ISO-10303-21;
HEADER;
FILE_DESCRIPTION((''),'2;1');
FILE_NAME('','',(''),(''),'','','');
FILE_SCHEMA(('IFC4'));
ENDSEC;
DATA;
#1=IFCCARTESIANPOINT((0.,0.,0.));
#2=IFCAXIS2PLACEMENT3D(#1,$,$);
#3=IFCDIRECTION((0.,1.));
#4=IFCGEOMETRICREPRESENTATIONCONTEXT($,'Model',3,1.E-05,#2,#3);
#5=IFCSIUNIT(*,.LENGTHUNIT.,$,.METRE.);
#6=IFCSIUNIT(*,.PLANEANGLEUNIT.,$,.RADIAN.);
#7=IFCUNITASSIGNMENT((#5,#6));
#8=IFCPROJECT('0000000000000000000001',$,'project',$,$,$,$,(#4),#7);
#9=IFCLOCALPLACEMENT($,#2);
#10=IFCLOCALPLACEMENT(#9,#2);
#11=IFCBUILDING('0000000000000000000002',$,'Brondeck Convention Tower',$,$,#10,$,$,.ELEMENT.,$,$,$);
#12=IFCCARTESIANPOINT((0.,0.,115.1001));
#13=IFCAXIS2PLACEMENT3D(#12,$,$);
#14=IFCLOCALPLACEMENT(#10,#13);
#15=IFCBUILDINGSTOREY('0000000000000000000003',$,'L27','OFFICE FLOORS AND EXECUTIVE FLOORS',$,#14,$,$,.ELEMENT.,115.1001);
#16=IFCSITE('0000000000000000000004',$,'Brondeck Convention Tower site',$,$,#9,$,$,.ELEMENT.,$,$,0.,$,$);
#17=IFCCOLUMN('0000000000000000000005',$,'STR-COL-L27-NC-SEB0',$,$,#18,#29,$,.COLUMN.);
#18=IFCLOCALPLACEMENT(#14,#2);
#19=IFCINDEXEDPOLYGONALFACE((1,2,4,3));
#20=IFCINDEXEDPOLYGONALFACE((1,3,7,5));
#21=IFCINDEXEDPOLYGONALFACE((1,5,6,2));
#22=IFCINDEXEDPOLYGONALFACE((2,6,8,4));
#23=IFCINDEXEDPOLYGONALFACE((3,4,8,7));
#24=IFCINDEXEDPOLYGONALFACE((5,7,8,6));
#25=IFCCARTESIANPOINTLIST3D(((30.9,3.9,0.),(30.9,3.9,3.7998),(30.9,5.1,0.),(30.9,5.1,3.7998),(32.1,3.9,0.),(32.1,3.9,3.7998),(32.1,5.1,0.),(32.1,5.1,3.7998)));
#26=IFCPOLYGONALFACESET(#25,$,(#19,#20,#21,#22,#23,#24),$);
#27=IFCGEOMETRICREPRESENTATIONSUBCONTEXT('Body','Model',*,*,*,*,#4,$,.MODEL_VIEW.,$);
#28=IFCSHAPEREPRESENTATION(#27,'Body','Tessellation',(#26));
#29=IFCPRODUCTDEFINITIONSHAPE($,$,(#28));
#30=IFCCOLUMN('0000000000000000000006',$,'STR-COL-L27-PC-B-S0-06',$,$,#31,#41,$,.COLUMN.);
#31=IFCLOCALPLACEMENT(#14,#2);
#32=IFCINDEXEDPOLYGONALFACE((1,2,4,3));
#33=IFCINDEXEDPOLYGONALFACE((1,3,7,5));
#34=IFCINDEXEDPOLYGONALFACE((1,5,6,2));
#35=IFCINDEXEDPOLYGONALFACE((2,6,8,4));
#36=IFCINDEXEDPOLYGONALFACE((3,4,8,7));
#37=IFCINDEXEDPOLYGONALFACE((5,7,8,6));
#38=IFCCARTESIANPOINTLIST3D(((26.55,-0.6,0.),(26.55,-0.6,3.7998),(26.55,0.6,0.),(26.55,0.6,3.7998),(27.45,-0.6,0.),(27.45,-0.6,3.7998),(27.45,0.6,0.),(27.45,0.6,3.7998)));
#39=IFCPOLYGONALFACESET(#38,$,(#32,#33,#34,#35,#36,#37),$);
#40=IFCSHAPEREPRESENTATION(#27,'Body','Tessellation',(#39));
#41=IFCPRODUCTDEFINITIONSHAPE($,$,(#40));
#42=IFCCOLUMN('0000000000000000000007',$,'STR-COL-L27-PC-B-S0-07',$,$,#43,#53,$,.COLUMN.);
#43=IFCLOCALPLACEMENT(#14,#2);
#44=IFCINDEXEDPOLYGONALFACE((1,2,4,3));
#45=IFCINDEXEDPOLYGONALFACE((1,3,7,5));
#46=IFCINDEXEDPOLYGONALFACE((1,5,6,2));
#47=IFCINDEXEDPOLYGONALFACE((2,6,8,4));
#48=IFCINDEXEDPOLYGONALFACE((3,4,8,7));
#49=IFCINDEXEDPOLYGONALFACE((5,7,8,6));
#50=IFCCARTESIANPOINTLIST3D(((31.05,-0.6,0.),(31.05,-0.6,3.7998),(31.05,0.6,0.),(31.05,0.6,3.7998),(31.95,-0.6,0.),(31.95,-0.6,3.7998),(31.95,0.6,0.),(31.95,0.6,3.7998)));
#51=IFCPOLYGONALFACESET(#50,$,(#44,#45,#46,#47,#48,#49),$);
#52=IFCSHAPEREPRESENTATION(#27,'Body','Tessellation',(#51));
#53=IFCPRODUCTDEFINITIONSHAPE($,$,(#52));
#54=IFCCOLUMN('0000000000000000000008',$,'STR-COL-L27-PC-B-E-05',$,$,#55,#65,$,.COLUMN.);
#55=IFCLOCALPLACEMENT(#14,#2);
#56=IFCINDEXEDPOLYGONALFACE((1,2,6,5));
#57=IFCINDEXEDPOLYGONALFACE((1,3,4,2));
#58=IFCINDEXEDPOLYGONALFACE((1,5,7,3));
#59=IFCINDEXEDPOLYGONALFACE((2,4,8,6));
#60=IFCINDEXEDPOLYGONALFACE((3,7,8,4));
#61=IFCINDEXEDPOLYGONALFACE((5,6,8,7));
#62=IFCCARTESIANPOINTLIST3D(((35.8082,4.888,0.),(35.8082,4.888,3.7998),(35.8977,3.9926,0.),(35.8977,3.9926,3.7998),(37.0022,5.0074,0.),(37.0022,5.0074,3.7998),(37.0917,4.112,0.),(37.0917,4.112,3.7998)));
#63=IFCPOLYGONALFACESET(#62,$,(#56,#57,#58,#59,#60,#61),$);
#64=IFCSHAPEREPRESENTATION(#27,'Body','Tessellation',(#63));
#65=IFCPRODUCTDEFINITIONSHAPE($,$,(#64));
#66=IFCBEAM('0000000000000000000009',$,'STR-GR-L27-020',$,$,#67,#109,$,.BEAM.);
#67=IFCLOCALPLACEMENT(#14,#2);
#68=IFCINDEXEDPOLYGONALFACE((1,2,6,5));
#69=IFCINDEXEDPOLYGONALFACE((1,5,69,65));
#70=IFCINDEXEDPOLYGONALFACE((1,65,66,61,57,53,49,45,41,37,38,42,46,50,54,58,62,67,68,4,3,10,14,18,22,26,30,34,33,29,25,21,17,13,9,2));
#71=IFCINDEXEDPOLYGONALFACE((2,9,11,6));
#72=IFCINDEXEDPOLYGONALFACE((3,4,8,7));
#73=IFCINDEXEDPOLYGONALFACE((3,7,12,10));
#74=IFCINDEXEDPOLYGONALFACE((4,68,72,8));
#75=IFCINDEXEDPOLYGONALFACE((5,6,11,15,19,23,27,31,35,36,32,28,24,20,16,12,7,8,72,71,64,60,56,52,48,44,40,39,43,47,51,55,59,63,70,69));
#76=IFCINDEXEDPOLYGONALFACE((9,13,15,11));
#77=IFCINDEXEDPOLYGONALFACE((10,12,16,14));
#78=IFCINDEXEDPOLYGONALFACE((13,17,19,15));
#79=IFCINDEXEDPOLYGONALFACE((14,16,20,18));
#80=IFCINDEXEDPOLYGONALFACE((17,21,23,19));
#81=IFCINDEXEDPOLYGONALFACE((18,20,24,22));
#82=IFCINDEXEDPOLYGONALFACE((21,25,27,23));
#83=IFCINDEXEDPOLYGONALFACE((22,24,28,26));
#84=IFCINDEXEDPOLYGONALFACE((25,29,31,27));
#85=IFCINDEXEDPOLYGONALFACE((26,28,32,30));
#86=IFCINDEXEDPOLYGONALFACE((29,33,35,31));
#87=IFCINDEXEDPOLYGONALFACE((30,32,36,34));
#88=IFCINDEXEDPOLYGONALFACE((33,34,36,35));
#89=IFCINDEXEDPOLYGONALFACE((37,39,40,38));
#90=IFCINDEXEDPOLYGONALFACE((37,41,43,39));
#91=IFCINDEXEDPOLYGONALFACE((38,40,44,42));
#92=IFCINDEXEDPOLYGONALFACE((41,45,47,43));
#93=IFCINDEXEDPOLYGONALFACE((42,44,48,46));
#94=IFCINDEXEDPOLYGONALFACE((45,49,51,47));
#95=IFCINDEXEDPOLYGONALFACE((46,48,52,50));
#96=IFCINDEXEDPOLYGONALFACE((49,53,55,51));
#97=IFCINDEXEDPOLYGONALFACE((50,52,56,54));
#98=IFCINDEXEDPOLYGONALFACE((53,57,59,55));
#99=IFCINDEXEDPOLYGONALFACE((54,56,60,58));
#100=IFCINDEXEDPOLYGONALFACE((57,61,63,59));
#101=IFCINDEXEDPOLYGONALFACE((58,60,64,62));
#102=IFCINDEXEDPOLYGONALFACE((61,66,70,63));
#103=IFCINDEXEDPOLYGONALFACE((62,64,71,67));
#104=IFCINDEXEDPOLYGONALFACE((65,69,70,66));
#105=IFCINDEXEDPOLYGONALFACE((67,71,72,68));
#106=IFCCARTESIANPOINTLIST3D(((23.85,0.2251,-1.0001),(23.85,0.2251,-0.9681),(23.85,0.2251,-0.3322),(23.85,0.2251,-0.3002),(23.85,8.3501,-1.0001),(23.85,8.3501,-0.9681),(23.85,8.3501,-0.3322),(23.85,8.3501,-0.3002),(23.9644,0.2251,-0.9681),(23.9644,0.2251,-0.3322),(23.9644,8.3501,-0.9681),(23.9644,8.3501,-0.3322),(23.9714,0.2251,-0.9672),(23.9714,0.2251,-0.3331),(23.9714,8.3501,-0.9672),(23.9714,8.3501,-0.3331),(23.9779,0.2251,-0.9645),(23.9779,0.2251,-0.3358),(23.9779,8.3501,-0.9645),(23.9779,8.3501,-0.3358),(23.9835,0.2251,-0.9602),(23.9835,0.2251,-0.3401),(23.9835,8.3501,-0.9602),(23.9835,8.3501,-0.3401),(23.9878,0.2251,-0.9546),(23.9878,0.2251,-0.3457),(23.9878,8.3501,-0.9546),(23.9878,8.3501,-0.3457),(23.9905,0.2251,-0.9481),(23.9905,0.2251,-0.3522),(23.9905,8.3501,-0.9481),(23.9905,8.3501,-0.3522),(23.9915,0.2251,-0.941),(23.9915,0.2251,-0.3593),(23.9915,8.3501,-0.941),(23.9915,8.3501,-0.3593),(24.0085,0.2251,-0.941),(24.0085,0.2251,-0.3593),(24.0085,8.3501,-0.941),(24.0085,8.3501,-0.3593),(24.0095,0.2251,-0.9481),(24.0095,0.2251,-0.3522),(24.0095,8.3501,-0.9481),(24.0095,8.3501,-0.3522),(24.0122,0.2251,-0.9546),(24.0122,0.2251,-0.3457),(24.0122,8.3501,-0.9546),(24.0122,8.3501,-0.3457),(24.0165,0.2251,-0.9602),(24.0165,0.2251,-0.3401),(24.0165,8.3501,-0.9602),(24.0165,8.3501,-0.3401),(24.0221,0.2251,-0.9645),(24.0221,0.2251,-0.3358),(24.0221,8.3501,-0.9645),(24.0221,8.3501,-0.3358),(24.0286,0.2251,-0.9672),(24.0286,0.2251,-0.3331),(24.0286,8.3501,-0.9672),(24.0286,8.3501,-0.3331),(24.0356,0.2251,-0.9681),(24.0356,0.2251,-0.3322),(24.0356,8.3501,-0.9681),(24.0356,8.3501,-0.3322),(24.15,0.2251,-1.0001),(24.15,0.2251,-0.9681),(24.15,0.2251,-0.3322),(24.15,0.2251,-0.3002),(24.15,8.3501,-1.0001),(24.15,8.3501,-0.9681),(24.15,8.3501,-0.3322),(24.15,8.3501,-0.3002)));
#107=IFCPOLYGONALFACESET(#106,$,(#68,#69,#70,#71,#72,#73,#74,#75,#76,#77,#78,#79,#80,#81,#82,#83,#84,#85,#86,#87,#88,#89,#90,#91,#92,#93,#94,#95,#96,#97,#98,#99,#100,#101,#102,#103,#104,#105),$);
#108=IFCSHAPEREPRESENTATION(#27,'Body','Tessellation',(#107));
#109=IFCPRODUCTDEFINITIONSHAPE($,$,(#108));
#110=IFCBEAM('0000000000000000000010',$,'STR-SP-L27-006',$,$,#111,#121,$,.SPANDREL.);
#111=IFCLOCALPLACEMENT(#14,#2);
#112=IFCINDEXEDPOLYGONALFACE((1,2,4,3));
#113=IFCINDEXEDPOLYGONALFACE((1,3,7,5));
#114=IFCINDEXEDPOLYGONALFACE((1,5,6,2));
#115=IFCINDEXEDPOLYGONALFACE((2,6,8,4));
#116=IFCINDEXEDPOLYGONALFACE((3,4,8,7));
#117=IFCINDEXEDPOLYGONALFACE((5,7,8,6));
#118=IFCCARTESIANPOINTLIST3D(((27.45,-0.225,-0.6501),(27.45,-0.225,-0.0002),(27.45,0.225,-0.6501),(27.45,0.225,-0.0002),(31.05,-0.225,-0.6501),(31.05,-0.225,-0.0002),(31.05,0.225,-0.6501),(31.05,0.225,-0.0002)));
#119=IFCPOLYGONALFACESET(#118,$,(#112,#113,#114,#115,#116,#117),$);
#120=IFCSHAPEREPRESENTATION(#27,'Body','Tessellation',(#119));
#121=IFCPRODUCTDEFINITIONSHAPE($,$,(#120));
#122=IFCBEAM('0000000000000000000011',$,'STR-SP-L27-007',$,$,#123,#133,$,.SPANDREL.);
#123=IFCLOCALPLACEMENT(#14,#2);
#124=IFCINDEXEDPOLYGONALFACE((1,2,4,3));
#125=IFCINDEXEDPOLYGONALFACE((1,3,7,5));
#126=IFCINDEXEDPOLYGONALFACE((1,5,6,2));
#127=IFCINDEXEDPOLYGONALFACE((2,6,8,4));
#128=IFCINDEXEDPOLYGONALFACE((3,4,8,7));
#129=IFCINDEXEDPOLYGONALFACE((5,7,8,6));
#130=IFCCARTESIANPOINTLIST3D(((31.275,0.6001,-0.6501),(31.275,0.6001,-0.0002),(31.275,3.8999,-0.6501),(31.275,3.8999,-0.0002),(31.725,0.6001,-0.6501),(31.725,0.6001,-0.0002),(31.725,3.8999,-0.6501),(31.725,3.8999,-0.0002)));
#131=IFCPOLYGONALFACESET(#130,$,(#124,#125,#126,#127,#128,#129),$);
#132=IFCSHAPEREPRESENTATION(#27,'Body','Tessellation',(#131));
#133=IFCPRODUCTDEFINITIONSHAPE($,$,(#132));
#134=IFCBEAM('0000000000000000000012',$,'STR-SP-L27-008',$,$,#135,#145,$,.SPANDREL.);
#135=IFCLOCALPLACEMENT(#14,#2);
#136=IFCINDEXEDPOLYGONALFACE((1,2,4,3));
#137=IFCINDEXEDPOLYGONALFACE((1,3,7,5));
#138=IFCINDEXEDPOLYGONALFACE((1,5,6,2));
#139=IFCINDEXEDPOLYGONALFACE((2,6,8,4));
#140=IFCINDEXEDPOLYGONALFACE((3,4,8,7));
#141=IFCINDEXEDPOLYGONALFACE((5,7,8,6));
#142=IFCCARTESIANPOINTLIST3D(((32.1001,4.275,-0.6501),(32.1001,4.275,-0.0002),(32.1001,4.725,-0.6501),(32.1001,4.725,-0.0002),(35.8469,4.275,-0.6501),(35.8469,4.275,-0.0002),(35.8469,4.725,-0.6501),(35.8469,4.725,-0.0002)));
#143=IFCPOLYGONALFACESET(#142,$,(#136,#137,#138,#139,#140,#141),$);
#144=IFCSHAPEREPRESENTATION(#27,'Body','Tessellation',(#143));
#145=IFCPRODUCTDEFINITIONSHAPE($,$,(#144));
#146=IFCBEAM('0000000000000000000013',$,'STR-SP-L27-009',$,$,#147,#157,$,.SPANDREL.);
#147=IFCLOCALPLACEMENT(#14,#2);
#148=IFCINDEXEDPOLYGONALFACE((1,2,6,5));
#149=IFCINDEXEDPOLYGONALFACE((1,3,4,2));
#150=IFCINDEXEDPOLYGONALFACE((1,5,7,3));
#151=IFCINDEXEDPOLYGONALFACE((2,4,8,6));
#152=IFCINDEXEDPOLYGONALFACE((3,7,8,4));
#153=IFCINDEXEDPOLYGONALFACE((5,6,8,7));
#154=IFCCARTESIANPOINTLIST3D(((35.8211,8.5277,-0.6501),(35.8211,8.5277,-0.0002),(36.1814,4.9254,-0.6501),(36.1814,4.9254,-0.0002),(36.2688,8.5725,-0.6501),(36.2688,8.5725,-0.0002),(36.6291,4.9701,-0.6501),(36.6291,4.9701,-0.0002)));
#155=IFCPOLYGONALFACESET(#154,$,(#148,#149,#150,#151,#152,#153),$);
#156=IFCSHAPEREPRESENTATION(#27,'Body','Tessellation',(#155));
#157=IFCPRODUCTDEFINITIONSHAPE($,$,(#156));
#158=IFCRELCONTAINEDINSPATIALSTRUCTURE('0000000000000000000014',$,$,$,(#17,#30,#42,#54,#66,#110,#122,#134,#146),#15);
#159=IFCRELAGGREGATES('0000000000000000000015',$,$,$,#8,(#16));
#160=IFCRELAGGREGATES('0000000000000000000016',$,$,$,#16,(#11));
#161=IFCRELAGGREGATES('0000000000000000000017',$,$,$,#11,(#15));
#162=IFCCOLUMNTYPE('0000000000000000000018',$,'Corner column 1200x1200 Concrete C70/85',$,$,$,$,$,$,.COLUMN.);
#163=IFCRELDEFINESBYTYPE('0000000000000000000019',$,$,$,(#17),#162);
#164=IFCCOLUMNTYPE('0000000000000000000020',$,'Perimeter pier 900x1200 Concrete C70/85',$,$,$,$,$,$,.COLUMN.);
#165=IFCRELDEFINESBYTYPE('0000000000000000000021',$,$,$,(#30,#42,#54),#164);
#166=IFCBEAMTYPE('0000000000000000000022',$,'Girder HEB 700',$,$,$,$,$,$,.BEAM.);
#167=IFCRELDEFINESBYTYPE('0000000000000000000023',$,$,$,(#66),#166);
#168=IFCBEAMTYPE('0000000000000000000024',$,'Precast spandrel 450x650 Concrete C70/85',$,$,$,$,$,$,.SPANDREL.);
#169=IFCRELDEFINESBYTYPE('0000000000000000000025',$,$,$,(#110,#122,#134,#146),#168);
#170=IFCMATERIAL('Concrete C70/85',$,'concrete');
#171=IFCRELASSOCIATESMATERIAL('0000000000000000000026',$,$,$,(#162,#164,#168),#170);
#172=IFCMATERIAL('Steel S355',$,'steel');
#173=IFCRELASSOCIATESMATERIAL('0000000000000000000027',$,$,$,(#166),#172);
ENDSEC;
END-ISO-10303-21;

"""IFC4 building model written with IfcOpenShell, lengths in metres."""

from ifc_helpers import new_model, si_unit, direction, frame, origin, origin_2d, place, context, subcontext, project, spatial, rectangle, i_section, extrude, material, material_profile, profile_set, type_object, element, save


model = new_model("IFC4")

# Units and contexts
model_context = context("Model", 3, precision=1e-05, world=origin(), true_north=direction((0.0, 1.0)))
body_context = subcontext(model_context, "Body", "Model", "MODEL_VIEW")
ifc_project = project(units=[si_unit("LENGTHUNIT", "METRE"), si_unit("PLANEANGLEUNIT", "RADIAN")], contexts=[model_context])

# Site, building, storey
site_placement = place(None, origin())
site = spatial("IfcSite", under=ifc_project, at=site_placement, Name="Brondeck Convention Tower site", CompositionType="ELEMENT", RefElevation=0.0)
building_placement = place(site_placement, origin())
building = spatial("IfcBuilding", under=site, at=building_placement, Name="Brondeck Convention Tower", CompositionType="ELEMENT")
storey_placement = place(building_placement, frame((0.0, 0.0, 115.1001)))
storey = spatial("IfcBuildingStorey", under=building, at=storey_placement, Name="L27", Description="OFFICE FLOORS AND EXECUTIVE FLOORS", CompositionType="ELEMENT", Elevation=115.1001)

# Columns
ifc_material_1 = material(Name="Concrete C70/85", Category="concrete")
ifc_material_profile_1 = material_profile(ifc_material_1, rectangle(XDim=1.2, YDim=1.2, at=origin_2d()), Name="Corner column 1200x1200 Concrete C70/85")
ifc_profile_set_1 = profile_set([ifc_material_profile_1], Name="Concrete C70/85")
column_type_1 = type_object("IfcColumnType", Name="Corner column 1200x1200 Concrete C70/85", PredefinedType="COLUMN", material=ifc_profile_set_1)
column_placement = place(storey_placement, frame((31.5, 4.5, 0.0), z_axis=(0.0, 0.0, 1.0), x_axis=(1.0, 0.0, 0.0)))
element("IfcColumn", 1, at=column_placement, inside=storey, type_object=column_type_1, Name="STR-COL-L27-NC-SEB0", PredefinedType="COLUMN", context=body_context, shape_type="SweptSolid", body=[
    extrude(rectangle(XDim=1.2, YDim=1.2, at=origin_2d()), origin(), (0.0, 0.0, 1.0), 3.7998),
])
ifc_material_profile_2 = material_profile(ifc_material_1, rectangle(XDim=0.8999, YDim=1.2, at=origin_2d()), Name="Perimeter pier 900x1200 Concrete C70/85")
ifc_profile_set_2 = profile_set([ifc_material_profile_2], Name="Concrete C70/85")
column_type_2 = type_object("IfcColumnType", Name="Perimeter pier 900x1200 Concrete C70/85", PredefinedType="COLUMN", material=ifc_profile_set_2)
for number, where, z_axis, x_axis, name in (
    (2, (27.0, 0.0, 0.0), (0.0, 0.0, 1.0), (1.0, 0.0, 0.0), "STR-COL-L27-PC-B-S0-06"),
    (3, (31.5, 0.0, 0.0), (0.0, 0.0, 1.0), (1.0, 0.0, 0.0), "STR-COL-L27-PC-B-S0-07"),
    (4, (36.45, 4.5, 0.0), (0.0, 0.0, 1.0), (-0.099504, 0.995037, 0.0), "STR-COL-L27-PC-B-E-05"),
):
    element("IfcColumn", number, at=place(storey_placement, frame(where, z_axis=z_axis, x_axis=x_axis)), inside=storey, type_object=column_type_2, Name=name, PredefinedType="COLUMN", context=body_context, shape_type="SweptSolid", body=[
        extrude(rectangle(XDim=0.8999, YDim=1.2, at=origin_2d()), origin(), (0.0, 0.0, 1.0), 3.7998),
    ])

# Beams
ifc_material_2 = material(Name="Steel S355", Category="steel")
ifc_material_profile_3 = material_profile(ifc_material_2, i_section(OverallWidth=0.3, OverallDepth=0.7, WebThickness=0.0171, FlangeThickness=0.032, FilletRadius=0.0271, at=origin_2d()), Name="HEB 700")
ifc_profile_set_3 = profile_set([ifc_material_profile_3], Name="Steel S355")
beam_type_1 = type_object("IfcBeamType", Name="Girder HEB 700", PredefinedType="BEAM", material=ifc_profile_set_3)
beam_1_placement = place(storey_placement, frame((24.0, 8.3501, -0.6501), z_axis=(0.0, -1.0, 0.0), x_axis=(1.0, 0.0, 0.0)))
element("IfcBeam", 5, at=beam_1_placement, inside=storey, type_object=beam_type_1, Name="STR-GR-L27-020", PredefinedType="BEAM", context=body_context, shape_type="SweptSolid", body=[
    extrude(i_section(OverallWidth=0.3, OverallDepth=0.7, WebThickness=0.0171, FlangeThickness=0.032, FilletRadius=0.0271, at=origin_2d()), origin(), (0.0, 0.0, 1.0), 8.125),
])
ifc_material_profile_4 = material_profile(ifc_material_1, rectangle(XDim=0.45, YDim=0.6499, at=origin_2d()), Name="Precast spandrel 450x650 Concrete C70/85")
ifc_profile_set_4 = profile_set([ifc_material_profile_4], Name="Concrete C70/85")
beam_type_2 = type_object("IfcBeamType", Name="Precast spandrel 450x650 Concrete C70/85", PredefinedType="SPANDREL", material=ifc_profile_set_4)
beam_2_placement = place(storey_placement, frame((27.45, 0.0, -0.3252), z_axis=(1.0, 0.0, 0.0), x_axis=(0.0, 1.0, 0.0)))
element("IfcBeam", 6, at=beam_2_placement, inside=storey, type_object=beam_type_2, Name="STR-SP-L27-006", PredefinedType="SPANDREL", context=body_context, shape_type="SweptSolid", body=[
    extrude(rectangle(XDim=0.45, YDim=0.6499, at=origin_2d()), origin(), (0.0, 0.0, 1.0), 3.6001),
])
beam_3_placement = place(storey_placement, frame((31.5, 0.6001, -0.3252), z_axis=(0.0, 1.0, 0.0), x_axis=(-1.0, 0.0, 0.0)))
element("IfcBeam", 7, at=beam_3_placement, inside=storey, type_object=beam_type_2, Name="STR-SP-L27-007", PredefinedType="SPANDREL", context=body_context, shape_type="SweptSolid", body=[
    extrude(rectangle(XDim=0.45, YDim=0.6499, at=origin_2d()), origin(), (0.0, 0.0, 1.0), 3.2998),
])
beam_4_placement = place(storey_placement, frame((32.1001, 4.5, -0.3252), z_axis=(1.0, 0.0, 0.0), x_axis=(0.0, 1.0, 0.0)))
element("IfcBeam", 8, at=beam_4_placement, inside=storey, type_object=beam_type_2, Name="STR-SP-L27-008", PredefinedType="SPANDREL", context=body_context, shape_type="SweptSolid", body=[
    extrude(rectangle(XDim=0.45, YDim=0.6499, at=origin_2d()), origin(), (0.0, 0.0, 1.0), 3.7468),
])
beam_5_placement = place(storey_placement, frame((36.4053, 4.9478, -0.3252), z_axis=(-0.099537, 0.995034, 0.0), x_axis=(-0.995034, -0.099537, 0.0)))
element("IfcBeam", 9, at=beam_5_placement, inside=storey, type_object=beam_type_2, Name="STR-SP-L27-009", PredefinedType="SPANDREL", context=body_context, shape_type="SweptSolid", body=[
    extrude(rectangle(XDim=0.45, YDim=0.6499, at=origin_2d()), origin(), (0.0, 0.0, 1.0), 3.6204),
])

save(model, "model.ifc")
